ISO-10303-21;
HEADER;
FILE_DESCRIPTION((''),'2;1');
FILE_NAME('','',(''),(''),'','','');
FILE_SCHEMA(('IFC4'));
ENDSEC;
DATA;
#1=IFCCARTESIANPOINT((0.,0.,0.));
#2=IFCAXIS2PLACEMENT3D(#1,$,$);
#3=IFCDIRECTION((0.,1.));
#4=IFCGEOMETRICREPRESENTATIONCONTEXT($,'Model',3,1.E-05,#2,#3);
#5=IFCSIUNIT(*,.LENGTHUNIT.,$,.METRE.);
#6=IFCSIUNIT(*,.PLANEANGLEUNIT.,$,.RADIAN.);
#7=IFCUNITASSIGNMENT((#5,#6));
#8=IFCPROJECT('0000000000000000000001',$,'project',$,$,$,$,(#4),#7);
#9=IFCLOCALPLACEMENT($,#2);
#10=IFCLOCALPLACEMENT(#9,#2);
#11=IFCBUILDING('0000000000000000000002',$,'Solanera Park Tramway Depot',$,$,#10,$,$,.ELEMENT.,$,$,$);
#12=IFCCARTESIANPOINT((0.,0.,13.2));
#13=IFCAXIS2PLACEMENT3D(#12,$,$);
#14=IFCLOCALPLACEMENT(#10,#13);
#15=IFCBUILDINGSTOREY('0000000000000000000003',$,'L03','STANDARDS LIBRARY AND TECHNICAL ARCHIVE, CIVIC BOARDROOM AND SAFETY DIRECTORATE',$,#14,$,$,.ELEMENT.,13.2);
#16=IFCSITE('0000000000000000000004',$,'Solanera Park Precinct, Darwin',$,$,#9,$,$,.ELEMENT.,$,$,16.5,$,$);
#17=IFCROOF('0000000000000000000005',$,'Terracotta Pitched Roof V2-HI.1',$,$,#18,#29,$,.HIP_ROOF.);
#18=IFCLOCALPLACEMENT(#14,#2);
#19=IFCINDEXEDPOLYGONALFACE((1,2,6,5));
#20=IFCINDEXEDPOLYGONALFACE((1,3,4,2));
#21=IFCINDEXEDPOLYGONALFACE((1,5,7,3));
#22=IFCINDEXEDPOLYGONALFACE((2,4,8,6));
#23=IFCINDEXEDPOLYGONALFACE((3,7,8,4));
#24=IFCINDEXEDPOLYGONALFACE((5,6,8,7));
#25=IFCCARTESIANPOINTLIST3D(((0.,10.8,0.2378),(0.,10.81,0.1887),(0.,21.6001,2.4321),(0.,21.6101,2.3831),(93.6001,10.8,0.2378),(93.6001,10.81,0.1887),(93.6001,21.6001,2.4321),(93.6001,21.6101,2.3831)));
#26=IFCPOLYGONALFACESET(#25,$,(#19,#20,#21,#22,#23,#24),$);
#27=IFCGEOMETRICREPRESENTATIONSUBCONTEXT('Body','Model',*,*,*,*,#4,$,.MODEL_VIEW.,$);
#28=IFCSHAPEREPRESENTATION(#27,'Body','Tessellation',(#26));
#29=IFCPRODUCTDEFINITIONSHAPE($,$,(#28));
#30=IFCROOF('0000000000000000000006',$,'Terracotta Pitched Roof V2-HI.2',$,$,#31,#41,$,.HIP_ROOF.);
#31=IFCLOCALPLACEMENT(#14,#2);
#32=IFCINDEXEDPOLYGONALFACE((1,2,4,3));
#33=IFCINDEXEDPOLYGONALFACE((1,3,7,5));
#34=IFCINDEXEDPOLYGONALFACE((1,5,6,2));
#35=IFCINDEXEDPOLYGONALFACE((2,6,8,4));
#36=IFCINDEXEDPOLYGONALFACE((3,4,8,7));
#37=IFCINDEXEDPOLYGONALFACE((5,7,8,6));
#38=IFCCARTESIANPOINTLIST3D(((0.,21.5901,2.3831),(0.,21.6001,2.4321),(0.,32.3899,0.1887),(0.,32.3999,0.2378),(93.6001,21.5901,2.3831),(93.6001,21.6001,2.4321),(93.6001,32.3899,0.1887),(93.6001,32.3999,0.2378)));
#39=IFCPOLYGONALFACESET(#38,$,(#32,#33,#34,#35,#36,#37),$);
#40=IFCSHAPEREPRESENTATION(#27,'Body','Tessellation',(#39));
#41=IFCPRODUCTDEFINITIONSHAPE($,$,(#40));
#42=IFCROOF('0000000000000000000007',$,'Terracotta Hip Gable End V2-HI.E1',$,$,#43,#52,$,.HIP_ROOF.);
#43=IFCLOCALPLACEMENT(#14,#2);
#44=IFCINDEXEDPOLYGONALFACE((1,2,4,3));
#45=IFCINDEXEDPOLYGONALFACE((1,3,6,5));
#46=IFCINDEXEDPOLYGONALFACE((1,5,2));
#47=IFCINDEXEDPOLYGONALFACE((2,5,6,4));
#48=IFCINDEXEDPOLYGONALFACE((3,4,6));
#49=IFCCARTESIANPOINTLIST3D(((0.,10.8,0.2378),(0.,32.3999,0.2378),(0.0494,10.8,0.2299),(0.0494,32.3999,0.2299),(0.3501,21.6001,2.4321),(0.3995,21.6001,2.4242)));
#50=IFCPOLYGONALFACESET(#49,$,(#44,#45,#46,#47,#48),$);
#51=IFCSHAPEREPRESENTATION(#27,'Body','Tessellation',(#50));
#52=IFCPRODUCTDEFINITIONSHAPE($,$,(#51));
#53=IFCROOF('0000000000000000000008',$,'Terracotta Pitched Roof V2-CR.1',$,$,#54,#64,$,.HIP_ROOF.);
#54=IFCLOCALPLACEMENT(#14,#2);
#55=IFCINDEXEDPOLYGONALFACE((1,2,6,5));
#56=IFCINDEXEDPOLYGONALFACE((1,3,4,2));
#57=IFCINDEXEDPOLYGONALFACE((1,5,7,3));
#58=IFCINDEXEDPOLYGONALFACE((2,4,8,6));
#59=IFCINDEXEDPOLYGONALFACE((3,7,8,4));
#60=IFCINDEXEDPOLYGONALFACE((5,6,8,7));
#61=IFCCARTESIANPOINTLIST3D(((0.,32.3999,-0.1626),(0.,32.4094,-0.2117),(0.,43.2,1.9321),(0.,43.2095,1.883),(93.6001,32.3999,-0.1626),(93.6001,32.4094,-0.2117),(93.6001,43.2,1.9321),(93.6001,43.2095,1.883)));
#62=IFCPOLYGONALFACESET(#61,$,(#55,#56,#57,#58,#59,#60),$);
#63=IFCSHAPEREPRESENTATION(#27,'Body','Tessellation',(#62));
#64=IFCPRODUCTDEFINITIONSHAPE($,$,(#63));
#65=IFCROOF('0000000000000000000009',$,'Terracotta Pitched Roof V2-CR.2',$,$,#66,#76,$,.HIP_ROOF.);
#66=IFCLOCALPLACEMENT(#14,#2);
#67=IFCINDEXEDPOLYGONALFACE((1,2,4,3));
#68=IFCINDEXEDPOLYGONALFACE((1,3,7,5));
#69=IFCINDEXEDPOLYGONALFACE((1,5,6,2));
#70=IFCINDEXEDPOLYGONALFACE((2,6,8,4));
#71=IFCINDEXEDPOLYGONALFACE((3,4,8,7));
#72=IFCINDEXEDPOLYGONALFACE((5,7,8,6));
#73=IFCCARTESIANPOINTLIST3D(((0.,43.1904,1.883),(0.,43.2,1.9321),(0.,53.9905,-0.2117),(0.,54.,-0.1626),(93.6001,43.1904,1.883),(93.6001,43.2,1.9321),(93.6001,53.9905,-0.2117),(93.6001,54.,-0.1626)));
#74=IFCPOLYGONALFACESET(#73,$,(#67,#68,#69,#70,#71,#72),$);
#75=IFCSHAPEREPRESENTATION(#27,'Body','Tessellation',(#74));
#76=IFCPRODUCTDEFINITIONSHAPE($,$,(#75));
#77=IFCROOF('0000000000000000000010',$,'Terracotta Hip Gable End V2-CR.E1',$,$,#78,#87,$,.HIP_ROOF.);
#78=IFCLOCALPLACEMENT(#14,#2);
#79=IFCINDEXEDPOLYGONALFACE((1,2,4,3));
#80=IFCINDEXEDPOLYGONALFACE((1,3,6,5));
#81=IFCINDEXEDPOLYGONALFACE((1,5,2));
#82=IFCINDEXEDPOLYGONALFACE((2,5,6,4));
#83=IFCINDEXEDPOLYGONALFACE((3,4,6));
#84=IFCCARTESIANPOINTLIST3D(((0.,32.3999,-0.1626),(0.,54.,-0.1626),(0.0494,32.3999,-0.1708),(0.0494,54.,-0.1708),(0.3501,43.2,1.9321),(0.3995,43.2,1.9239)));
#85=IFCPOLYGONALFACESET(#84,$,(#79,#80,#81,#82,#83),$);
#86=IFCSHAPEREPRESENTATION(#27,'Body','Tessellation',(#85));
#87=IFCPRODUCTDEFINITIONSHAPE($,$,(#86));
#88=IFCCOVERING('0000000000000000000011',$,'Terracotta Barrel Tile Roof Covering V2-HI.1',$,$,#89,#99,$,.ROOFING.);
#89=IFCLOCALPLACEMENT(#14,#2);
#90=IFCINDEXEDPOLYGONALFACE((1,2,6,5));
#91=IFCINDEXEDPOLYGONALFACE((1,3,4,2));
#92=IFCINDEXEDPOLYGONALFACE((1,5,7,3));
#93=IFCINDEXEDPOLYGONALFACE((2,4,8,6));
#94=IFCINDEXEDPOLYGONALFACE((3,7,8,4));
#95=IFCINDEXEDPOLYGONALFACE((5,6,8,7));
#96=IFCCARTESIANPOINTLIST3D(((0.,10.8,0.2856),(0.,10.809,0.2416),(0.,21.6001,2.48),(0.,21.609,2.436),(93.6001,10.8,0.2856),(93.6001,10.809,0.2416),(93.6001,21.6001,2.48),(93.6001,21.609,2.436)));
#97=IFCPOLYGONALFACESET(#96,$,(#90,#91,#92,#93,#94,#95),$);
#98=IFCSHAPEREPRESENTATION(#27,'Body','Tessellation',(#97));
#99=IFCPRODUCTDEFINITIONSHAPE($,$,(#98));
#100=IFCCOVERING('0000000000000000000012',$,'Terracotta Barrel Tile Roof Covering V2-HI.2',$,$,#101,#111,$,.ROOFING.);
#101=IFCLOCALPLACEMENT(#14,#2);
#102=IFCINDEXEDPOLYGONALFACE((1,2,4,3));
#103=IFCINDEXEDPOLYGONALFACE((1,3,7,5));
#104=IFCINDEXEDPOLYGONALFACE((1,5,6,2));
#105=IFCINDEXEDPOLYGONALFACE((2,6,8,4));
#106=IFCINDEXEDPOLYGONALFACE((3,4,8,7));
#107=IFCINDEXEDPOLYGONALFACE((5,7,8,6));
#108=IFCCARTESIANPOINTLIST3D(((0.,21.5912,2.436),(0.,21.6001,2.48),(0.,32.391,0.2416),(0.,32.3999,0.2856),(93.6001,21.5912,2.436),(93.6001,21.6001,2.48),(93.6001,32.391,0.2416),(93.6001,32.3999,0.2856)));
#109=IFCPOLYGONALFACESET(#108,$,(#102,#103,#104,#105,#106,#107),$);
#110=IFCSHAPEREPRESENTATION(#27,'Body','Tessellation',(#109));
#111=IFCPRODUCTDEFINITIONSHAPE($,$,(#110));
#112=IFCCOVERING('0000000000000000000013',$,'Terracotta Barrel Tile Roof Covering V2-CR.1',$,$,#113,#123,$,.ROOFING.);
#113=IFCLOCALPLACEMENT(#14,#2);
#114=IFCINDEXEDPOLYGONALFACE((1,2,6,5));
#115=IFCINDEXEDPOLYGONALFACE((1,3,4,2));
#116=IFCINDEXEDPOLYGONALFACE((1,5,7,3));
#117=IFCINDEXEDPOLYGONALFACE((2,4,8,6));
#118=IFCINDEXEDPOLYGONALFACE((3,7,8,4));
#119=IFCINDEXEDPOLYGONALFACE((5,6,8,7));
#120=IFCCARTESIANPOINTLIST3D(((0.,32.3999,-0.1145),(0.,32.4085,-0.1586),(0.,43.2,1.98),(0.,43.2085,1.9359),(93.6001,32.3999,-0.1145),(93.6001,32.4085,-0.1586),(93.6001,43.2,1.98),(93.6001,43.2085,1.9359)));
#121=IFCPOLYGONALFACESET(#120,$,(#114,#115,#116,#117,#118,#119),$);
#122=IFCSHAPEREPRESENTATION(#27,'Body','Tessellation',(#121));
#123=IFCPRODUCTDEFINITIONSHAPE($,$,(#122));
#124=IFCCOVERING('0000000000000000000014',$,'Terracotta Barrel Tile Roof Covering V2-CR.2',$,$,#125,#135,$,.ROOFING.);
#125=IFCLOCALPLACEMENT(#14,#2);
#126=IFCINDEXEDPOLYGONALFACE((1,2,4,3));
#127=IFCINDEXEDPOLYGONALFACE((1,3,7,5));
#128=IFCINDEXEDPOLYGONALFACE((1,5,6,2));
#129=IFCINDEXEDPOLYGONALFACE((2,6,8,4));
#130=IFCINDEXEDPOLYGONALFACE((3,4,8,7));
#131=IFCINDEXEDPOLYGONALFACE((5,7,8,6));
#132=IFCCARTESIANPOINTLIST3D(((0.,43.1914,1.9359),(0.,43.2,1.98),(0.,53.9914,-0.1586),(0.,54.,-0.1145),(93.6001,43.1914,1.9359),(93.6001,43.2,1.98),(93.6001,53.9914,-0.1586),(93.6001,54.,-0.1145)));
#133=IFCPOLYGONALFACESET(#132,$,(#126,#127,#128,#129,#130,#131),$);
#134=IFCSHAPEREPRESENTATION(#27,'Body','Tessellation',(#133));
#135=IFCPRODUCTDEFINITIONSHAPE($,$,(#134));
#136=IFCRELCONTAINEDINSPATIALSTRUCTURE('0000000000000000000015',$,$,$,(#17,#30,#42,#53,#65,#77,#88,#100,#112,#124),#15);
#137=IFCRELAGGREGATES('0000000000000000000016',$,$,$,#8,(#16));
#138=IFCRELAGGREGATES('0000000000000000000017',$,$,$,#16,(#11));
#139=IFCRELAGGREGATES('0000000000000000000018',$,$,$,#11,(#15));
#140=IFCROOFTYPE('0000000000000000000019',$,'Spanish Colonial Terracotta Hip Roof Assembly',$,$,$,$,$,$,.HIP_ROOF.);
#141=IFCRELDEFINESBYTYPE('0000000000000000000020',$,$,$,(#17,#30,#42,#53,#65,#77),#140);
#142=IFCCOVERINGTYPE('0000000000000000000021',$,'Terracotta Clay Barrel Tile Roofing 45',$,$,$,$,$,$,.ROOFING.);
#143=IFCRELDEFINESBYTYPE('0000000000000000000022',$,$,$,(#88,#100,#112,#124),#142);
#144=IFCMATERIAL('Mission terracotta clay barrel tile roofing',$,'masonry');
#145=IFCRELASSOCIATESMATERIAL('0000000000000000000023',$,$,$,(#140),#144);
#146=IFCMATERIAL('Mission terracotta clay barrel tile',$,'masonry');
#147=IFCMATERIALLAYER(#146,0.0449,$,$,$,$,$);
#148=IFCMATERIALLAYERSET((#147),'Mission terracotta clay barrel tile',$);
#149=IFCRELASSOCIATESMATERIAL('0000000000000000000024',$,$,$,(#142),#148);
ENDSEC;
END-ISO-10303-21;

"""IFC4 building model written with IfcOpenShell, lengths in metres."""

from ifc_helpers import new_model, si_unit, direction, frame, origin, place, context, subcontext, project, spatial, polyline, outline, extrude, material, layer, layer_set, type_object, element, save


model = new_model("IFC4")

# Units and contexts
model_context = context("Model", 3, precision=1e-05, world=origin(), true_north=direction((0.0, 1.0)))
body_context = subcontext(model_context, "Body", "Model", "MODEL_VIEW")
ifc_project = project(units=[si_unit("LENGTHUNIT", "METRE"), si_unit("PLANEANGLEUNIT", "RADIAN")], contexts=[model_context])

# Site, building, storey
site_placement = place(None, origin())
site = spatial("IfcSite", under=ifc_project, at=site_placement, Name="Solanera Park Precinct, Darwin", CompositionType="ELEMENT", RefElevation=16.5)
building_placement = place(site_placement, origin())
building = spatial("IfcBuilding", under=site, at=building_placement, Name="Solanera Park Tramway Depot", CompositionType="ELEMENT")
storey_placement = place(building_placement, frame((0.0, 0.0, 13.2)))
storey = spatial("IfcBuildingStorey", under=building, at=storey_placement, Name="L03", Description="STANDARDS LIBRARY AND TECHNICAL ARCHIVE, CIVIC BOARDROOM AND SAFETY DIRECTORATE", CompositionType="ELEMENT", Elevation=13.2)

# Roofs
ifc_material_1 = material(Name="Mission terracotta clay barrel tile roofing", Category="masonry")
roof_type = type_object("IfcRoofType", Name="Spanish Colonial Terracotta Hip Roof Assembly", PredefinedType="HIP_ROOF", material=ifc_material_1)
roof_1_placement = place(storey_placement, frame((0.0, 10.8, 0.2378), z_axis=(0.0, -0.19911, 0.979977), x_axis=(1.0, 0.0, 0.0)))
element("IfcRoof", 1, at=roof_1_placement, inside=storey, type_object=roof_type, Name="Terracotta Pitched Roof V2-HI.1", PredefinedType="HIP_ROOF", context=body_context, shape_type="SweptSolid", body=[
    extrude(outline(polyline([(0.0, 0.0), (93.6001, 0.0), (93.6001, 11.0207), (0.0, 11.0207), (0.0, 0.0)])), origin(), (0.0, 0.0, -1.0), 0.05),
])
roof_2_placement = place(storey_placement, frame((0.0, 21.6001, 2.4321), z_axis=(0.0, 0.199114, 0.979976), x_axis=(1.0, 0.0, 0.0)))
element("IfcRoof", 2, at=roof_2_placement, inside=storey, type_object=roof_type, Name="Terracotta Pitched Roof V2-HI.2", PredefinedType="HIP_ROOF", context=body_context, shape_type="SweptSolid", body=[
    extrude(outline(polyline([(0.0, 0.0), (93.6001, 0.0), (93.6001, 11.0205), (0.0, 11.0205), (0.0, 0.0)])), origin(), (0.0, 0.0, -1.0), 0.05),
])
roof_3_placement = place(storey_placement, frame((0.0, 32.3999, 0.2378), z_axis=(-0.98751, 0.0, 0.157553), x_axis=(0.0, -1.0, 0.0)))
element("IfcRoof", 3, at=roof_3_placement, inside=storey, type_object=roof_type, Name="Terracotta Hip Gable End V2-HI.E1", PredefinedType="HIP_ROOF", context=body_context, shape_type="SweptSolid", body=[
    extrude(outline(polyline([(0.0, 0.0), (21.5999, 0.0), (10.7998, 2.2221), (0.0, 0.0)])), origin(), (0.0, 0.0, -1.0), 0.05),
])
for number, where, z_axis, x_axis, name in (
    (4, (0.0, 32.3999, -0.1626), (0.0, -0.190407, 0.981705), (1.0, 0.0, 0.0), "Terracotta Pitched Roof V2-CR.1"),
    (5, (0.0, 43.2, 1.9321), (0.0, 0.190407, 0.981705), (1.0, 0.0, 0.0), "Terracotta Pitched Roof V2-CR.2"),
):
    element("IfcRoof", number, at=place(storey_placement, frame(where, z_axis=z_axis, x_axis=x_axis)), inside=storey, type_object=roof_type, Name=name, PredefinedType="HIP_ROOF", context=body_context, shape_type="SweptSolid", body=[
        extrude(outline(polyline([(0.0, 0.0), (93.6001, 0.0), (93.6001, 11.0013), (0.0, 11.0013), (0.0, 0.0)])), origin(), (0.0, 0.0, -1.0), 0.05),
    ])
roof_4_placement = place(storey_placement, frame((0.0, 54.0, -0.1626), z_axis=(-0.986319, 0.0, 0.164846), x_axis=(0.0, -1.0, 0.0)))
element("IfcRoof", 6, at=roof_4_placement, inside=storey, type_object=roof_type, Name="Terracotta Hip Gable End V2-CR.E1", PredefinedType="HIP_ROOF", context=body_context, shape_type="SweptSolid", body=[
    extrude(outline(polyline([(0.0, 0.0), (21.6001, 0.0), (10.8, 2.1238), (0.0, 0.0)])), origin(), (0.0, 0.0, -1.0), 0.05),
])

# Coverings
ifc_material_2 = material(Name="Mission terracotta clay barrel tile", Category="masonry")
ifc_layer_1 = layer(ifc_material_2, 0.0449)
ifc_layer_set_1 = layer_set([ifc_layer_1], Name="Mission terracotta clay barrel tile")
covering_type = type_object("IfcCoveringType", Name="Terracotta Clay Barrel Tile Roofing 45", PredefinedType="ROOFING", material=ifc_layer_set_1)
covering_1_placement = place(storey_placement, frame((0.0, 10.8, 0.2856), z_axis=(0.0, -0.19911, 0.979977), x_axis=(1.0, 0.0, 0.0)))
element("IfcCovering", 7, at=covering_1_placement, inside=storey, type_object=covering_type, Name="Terracotta Barrel Tile Roof Covering V2-HI.1", PredefinedType="ROOFING", context=body_context, shape_type="SweptSolid", body=[
    extrude(outline(polyline([(0.0, 0.0), (93.6001, 0.0), (93.6001, 11.0207), (0.0, 11.0207), (0.0, 0.0)])), origin(), (0.0, 0.0, -1.0), 0.0449),
])
covering_2_placement = place(storey_placement, frame((0.0, 21.6001, 2.48), z_axis=(0.0, 0.199114, 0.979976), x_axis=(1.0, 0.0, 0.0)))
element("IfcCovering", 8, at=covering_2_placement, inside=storey, type_object=covering_type, Name="Terracotta Barrel Tile Roof Covering V2-HI.2", PredefinedType="ROOFING", context=body_context, shape_type="SweptSolid", body=[
    extrude(outline(polyline([(0.0, 0.0), (93.6001, 0.0), (93.6001, 11.0205), (0.0, 11.0205), (0.0, 0.0)])), origin(), (0.0, 0.0, -1.0), 0.0449),
])
for number, where, z_axis, x_axis, name in (
    (9, (0.0, 32.3999, -0.1145), (0.0, -0.190386, 0.981709), (1.0, 0.0, 0.0), "Terracotta Barrel Tile Roof Covering V2-CR.1"),
    (10, (0.0, 43.2, 1.98), (0.0, 0.190386, 0.981709), (1.0, 0.0, 0.0), "Terracotta Barrel Tile Roof Covering V2-CR.2"),
):
    element("IfcCovering", number, at=place(storey_placement, frame(where, z_axis=z_axis, x_axis=x_axis)), inside=storey, type_object=covering_type, Name=name, PredefinedType="ROOFING", context=body_context, shape_type="SweptSolid", body=[
        extrude(outline(polyline([(0.0, 0.0), (93.6001, 0.0), (93.6001, 11.0013), (0.0, 11.0013), (0.0, 0.0)])), origin(), (0.0, 0.0, -1.0), 0.0449),
    ])

save(model, "model.ifc")
